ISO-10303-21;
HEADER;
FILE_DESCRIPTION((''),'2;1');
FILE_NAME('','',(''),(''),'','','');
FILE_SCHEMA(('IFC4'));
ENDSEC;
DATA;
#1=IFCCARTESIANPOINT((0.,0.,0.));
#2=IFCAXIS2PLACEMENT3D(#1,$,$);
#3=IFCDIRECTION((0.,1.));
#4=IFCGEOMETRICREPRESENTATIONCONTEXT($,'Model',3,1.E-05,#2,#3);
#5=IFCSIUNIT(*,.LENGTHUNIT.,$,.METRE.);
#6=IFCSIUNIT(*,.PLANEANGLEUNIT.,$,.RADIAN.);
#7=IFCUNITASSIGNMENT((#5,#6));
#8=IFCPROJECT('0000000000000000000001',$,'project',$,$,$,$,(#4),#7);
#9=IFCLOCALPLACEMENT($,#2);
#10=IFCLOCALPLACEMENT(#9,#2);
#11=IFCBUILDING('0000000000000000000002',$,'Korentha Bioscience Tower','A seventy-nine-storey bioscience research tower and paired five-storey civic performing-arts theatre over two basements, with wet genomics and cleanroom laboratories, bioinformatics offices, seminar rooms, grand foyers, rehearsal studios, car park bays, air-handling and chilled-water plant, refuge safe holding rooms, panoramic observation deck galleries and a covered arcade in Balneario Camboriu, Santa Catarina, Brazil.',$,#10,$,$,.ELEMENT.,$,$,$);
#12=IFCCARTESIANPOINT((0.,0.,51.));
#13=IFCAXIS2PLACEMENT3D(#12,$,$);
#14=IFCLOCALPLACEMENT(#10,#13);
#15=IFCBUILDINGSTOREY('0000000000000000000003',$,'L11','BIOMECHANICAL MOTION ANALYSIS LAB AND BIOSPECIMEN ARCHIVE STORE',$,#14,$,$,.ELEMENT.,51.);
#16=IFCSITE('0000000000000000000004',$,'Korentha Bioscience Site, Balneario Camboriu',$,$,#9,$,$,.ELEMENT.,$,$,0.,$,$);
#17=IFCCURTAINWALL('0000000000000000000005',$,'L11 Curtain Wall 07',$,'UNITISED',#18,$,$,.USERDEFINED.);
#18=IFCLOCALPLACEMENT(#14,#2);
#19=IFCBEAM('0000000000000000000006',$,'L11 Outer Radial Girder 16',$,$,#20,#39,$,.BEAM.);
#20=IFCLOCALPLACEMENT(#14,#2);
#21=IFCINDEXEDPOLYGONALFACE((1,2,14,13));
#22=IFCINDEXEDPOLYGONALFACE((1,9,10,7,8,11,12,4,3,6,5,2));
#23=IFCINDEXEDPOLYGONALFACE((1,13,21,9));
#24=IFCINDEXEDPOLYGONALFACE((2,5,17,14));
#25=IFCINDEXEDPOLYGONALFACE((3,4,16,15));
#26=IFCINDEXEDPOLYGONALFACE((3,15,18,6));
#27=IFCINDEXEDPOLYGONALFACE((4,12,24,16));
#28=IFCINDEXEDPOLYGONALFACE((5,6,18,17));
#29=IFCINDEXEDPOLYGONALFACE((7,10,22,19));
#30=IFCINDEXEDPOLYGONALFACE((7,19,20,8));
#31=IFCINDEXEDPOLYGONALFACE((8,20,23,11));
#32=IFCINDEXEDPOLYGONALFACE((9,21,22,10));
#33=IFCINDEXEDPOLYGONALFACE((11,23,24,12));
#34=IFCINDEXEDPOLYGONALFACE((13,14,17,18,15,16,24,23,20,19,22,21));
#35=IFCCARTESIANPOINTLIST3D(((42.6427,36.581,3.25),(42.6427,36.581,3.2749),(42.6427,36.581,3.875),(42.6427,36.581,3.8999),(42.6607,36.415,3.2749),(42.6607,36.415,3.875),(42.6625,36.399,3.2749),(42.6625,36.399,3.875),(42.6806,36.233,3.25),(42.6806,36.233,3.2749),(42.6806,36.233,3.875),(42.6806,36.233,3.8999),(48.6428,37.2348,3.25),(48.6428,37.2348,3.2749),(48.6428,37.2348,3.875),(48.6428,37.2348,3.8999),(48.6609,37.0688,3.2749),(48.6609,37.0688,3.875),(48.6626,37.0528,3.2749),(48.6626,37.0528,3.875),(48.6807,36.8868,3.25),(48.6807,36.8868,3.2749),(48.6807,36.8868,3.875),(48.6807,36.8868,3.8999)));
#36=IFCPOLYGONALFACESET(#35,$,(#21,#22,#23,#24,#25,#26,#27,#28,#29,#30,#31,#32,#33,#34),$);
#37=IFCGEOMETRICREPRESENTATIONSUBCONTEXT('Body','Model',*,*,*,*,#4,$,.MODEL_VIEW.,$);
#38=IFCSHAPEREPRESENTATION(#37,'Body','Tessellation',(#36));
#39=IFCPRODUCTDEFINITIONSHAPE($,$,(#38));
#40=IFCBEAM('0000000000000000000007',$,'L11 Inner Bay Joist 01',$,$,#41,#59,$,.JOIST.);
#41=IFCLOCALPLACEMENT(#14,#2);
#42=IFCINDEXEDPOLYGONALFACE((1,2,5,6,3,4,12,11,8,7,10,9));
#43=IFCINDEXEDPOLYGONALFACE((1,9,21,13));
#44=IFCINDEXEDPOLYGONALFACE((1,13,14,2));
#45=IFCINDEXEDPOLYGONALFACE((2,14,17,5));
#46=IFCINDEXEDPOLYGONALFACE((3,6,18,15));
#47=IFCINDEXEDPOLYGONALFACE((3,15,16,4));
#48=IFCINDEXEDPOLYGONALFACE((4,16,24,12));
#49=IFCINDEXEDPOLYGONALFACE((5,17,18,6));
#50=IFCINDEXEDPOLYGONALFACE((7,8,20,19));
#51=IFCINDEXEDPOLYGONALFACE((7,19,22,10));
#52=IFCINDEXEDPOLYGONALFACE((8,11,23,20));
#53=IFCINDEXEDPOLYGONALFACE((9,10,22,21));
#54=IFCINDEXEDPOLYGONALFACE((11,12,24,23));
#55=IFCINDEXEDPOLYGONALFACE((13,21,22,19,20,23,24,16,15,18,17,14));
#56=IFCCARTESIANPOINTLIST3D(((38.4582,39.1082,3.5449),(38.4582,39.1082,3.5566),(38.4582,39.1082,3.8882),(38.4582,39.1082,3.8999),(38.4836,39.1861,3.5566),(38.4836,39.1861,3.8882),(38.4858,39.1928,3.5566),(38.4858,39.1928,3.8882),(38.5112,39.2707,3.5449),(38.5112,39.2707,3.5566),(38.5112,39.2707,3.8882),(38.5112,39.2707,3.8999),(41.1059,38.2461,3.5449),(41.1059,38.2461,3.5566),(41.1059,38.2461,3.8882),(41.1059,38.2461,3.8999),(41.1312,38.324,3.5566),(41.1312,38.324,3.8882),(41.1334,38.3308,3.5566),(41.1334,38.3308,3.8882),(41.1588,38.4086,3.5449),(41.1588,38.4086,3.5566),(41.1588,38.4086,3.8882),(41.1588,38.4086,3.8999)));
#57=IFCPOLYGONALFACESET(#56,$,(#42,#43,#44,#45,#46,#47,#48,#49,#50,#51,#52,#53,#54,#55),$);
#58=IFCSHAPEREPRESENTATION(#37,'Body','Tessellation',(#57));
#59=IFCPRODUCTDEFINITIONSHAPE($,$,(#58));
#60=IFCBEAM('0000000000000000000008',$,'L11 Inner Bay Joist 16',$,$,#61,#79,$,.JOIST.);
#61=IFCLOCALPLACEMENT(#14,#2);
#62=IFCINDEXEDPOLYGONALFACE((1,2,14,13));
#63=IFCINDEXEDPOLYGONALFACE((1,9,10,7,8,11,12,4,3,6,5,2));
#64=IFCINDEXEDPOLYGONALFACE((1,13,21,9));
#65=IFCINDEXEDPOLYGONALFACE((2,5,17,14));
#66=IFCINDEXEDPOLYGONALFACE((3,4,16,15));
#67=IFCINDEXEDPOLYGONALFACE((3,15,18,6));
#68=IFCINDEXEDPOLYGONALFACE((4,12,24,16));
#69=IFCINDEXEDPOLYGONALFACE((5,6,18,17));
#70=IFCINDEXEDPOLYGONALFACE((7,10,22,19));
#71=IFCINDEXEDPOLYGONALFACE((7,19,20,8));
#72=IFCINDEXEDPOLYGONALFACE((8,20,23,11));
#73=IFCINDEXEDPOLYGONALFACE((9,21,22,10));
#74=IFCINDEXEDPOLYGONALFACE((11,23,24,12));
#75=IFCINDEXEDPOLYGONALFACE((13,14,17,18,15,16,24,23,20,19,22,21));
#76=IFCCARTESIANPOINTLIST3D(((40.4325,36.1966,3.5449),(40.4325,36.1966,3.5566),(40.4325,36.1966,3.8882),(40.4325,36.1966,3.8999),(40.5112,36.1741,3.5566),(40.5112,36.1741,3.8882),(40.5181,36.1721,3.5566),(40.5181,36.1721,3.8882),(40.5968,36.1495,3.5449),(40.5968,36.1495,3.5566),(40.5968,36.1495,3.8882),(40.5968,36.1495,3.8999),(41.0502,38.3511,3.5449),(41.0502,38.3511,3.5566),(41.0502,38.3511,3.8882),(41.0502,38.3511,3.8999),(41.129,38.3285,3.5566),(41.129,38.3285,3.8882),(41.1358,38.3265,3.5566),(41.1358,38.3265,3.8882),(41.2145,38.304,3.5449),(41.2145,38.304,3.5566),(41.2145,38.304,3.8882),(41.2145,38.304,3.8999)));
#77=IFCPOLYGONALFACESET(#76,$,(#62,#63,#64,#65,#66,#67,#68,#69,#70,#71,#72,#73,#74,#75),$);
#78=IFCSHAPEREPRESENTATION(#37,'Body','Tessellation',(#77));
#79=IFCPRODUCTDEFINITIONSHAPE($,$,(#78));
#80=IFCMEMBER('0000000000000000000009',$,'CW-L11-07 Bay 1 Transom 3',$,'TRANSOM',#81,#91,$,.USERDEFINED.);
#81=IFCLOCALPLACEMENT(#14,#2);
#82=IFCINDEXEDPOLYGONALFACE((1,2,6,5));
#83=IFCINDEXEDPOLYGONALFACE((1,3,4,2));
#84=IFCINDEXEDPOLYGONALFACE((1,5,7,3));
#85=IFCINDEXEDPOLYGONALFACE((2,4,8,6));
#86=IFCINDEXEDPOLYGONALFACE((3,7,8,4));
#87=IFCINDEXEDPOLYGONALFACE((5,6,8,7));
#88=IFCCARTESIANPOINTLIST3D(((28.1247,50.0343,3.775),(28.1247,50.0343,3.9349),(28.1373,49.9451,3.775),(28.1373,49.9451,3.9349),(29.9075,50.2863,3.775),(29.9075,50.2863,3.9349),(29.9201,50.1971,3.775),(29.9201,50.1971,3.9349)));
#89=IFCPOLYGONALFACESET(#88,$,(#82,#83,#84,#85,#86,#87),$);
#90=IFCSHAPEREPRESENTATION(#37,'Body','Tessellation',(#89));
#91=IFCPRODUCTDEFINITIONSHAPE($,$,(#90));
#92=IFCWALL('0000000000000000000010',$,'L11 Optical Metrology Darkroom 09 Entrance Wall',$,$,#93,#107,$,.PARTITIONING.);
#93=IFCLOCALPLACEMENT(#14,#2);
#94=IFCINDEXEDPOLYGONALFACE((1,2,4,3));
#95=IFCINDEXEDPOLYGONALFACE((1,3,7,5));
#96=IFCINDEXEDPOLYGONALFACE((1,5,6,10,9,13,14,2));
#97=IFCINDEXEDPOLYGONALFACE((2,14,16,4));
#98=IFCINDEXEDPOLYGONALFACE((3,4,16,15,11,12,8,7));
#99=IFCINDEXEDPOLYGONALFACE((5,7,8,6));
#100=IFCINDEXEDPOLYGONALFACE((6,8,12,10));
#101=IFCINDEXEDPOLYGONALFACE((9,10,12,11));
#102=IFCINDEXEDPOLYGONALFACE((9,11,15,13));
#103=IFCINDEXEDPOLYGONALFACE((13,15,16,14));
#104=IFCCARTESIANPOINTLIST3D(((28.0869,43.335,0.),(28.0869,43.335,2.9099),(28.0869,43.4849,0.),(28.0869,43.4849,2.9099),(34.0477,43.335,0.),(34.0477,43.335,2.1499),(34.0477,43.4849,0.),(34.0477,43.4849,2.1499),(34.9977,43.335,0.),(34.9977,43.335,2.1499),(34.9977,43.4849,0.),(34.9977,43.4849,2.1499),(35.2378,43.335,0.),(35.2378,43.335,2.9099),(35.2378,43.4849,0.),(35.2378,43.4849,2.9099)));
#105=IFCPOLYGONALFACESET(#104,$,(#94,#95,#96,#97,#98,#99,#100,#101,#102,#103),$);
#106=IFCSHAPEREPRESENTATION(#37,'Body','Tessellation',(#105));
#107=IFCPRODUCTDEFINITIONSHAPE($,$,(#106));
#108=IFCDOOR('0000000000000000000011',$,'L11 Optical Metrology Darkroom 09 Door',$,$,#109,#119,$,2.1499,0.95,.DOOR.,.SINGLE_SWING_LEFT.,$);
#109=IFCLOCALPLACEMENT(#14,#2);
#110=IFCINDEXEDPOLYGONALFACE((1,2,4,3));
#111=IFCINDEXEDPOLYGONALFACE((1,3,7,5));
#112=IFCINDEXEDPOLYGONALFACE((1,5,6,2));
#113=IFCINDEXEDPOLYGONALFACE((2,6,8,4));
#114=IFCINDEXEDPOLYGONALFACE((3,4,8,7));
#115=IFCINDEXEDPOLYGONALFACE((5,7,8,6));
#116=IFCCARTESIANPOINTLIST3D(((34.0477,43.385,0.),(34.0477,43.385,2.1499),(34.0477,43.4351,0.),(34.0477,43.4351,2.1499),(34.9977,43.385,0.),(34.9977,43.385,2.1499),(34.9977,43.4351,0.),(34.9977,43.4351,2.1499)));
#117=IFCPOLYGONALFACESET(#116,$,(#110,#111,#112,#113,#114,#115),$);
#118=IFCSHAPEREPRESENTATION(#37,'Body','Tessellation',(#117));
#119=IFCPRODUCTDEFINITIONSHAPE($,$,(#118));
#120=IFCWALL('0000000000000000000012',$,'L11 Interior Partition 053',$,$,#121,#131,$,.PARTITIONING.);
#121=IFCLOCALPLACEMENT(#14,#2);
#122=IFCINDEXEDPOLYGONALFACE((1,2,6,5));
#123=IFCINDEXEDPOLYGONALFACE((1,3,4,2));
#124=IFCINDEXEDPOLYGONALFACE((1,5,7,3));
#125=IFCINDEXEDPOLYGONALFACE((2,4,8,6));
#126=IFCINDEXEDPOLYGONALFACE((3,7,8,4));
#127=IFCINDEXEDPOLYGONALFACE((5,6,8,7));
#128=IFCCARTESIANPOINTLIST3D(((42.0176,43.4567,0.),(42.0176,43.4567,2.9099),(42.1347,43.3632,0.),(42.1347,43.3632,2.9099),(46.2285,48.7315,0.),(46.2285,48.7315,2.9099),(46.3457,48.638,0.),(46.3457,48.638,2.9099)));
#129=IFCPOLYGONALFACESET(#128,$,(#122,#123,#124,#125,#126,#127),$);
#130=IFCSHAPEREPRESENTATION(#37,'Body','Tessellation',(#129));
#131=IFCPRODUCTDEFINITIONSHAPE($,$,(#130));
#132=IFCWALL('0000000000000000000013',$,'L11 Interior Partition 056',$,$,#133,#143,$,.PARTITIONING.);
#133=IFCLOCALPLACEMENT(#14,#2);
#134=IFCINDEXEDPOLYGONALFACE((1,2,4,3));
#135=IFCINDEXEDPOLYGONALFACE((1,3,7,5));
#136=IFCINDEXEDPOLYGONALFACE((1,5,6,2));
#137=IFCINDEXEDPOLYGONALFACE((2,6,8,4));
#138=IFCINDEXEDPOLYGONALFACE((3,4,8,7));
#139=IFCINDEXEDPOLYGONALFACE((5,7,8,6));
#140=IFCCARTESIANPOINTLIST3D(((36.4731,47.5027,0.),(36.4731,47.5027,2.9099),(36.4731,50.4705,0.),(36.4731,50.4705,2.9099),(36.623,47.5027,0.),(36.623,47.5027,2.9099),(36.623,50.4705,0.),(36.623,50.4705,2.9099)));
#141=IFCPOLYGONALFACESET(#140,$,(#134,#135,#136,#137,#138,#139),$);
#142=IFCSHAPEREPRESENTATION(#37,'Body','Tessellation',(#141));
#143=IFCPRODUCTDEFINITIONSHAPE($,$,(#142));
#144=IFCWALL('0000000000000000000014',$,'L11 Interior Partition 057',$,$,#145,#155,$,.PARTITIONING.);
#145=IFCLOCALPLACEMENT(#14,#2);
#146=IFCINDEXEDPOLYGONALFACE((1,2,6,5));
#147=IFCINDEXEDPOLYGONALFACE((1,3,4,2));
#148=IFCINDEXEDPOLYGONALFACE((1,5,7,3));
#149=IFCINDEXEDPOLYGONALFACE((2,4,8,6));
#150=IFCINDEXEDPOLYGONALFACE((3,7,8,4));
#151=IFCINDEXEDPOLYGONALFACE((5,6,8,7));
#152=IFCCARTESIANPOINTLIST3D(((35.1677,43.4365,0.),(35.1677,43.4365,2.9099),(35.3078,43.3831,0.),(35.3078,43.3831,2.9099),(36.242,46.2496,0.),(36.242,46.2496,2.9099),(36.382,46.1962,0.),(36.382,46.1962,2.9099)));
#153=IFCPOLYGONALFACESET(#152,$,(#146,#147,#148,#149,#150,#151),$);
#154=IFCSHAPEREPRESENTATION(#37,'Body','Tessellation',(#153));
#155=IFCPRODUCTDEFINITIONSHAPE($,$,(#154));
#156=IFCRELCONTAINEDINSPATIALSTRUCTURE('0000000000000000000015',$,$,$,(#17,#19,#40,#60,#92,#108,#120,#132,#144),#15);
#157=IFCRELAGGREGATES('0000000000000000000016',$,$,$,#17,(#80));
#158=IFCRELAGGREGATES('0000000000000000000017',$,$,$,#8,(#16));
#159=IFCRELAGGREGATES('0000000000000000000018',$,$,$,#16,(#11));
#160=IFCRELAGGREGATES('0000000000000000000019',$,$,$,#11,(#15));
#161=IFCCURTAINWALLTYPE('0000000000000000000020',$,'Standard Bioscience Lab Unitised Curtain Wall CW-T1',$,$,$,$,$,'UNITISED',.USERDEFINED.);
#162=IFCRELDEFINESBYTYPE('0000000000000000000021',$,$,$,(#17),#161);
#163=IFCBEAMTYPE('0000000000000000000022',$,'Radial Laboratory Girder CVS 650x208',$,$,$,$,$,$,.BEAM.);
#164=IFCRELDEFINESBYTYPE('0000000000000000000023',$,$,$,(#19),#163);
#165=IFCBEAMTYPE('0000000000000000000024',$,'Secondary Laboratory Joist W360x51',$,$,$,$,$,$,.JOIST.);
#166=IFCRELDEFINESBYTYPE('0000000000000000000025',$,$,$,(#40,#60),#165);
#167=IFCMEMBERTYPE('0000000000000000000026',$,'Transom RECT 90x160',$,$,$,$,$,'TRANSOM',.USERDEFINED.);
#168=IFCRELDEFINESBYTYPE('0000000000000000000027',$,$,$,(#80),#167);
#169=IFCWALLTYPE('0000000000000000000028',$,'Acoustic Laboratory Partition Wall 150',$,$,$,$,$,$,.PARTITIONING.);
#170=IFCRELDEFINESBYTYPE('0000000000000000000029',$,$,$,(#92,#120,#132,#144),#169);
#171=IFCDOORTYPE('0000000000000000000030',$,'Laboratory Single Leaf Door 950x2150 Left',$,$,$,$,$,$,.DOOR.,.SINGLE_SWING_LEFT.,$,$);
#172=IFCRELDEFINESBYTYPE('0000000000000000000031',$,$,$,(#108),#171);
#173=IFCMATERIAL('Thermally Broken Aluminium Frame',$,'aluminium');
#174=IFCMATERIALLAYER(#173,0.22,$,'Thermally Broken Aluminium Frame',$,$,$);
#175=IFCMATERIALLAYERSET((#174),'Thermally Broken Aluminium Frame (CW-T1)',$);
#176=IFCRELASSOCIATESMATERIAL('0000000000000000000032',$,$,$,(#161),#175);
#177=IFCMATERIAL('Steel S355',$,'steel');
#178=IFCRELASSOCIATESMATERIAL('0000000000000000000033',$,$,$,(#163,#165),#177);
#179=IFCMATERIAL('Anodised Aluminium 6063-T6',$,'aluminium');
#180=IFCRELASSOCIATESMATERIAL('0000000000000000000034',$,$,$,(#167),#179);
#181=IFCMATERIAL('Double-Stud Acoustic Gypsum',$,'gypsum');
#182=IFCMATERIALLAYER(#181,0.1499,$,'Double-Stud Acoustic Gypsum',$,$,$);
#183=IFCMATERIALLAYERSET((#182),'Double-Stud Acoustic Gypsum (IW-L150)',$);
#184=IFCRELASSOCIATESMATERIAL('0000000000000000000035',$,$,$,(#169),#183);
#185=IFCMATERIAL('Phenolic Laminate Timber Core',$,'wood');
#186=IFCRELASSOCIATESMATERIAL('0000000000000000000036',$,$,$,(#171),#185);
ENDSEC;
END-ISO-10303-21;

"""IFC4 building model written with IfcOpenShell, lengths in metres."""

from ifc_helpers import new_model, si_unit, direction, frame, frame_2d, origin, origin_2d, place, context, subcontext, project, spatial, rectangle, i_section, extrude, material, layer, layer_set, material_profile, profile_set, type_object, element, fill, aggregate, save


model = new_model("IFC4")

# Units and contexts
model_context = context("Model", 3, precision=1e-05, world=origin(), true_north=direction((0.0, 1.0)))
body_context = subcontext(model_context, "Body", "Model", "MODEL_VIEW")
ifc_project = project(units=[si_unit("LENGTHUNIT", "METRE"), si_unit("PLANEANGLEUNIT", "RADIAN")], contexts=[model_context])

# Site, building, storey
site_placement = place(None, origin())
site = spatial("IfcSite", under=ifc_project, at=site_placement, Name="Korentha Bioscience Site, Balneario Camboriu", CompositionType="ELEMENT", RefElevation=0.0)
building_placement = place(site_placement, origin())
building = spatial("IfcBuilding", under=site, at=building_placement, Name="Korentha Bioscience Tower", Description="A seventy-nine-storey bioscience research tower and paired five-storey civic performing-arts theatre over two basements, with wet genomics and cleanroom laboratories, bioinformatics offices, seminar rooms, grand foyers, rehearsal studios, car park bays, air-handling and chilled-water plant, refuge safe holding rooms, panoramic observation deck galleries and a covered arcade in Balneario Camboriu, Santa Catarina, Brazil.", CompositionType="ELEMENT")
storey_placement = place(building_placement, frame((0.0, 0.0, 51.0)))
storey = spatial("IfcBuildingStorey", under=building, at=storey_placement, Name="L11", Description="BIOMECHANICAL MOTION ANALYSIS LAB AND BIOSPECIMEN ARCHIVE STORE", CompositionType="ELEMENT", Elevation=51.0)

# Shared definitions
ifc_material_1 = material(Name="Steel S355", Category="steel")

# Curtain wall
ifc_material_2 = material(Name="Thermally Broken Aluminium Frame", Category="aluminium")
ifc_layer_1 = layer(ifc_material_2, 0.22, Name="Thermally Broken Aluminium Frame")
ifc_layer_set_1 = layer_set([ifc_layer_1], Name="Thermally Broken Aluminium Frame (CW-T1)")
curtain_wall_type = type_object("IfcCurtainWallType", Name="Standard Bioscience Lab Unitised Curtain Wall CW-T1", ElementType="UNITISED", PredefinedType="USERDEFINED", material=ifc_layer_set_1)
curtain_wall_placement = place(storey_placement, origin())
curtain_wall = element("IfcCurtainWall", 1, at=curtain_wall_placement, inside=storey, type_object=curtain_wall_type, Name="L11 Curtain Wall 07", ObjectType="UNITISED", PredefinedType="USERDEFINED")
ifc_material_3 = material(Name="Anodised Aluminium 6063-T6", Category="aluminium")

# Beams
ifc_material_profile_1 = material_profile(ifc_material_1, i_section(OverallWidth=0.3501, OverallDepth=0.6499, WebThickness=0.0161, FlangeThickness=0.0249, at=origin_2d()), Name="Steel S355")
ifc_profile_set_1 = profile_set([ifc_material_profile_1], Name="Steel S355 (RB-650)")
beam_type_1 = type_object("IfcBeamType", Name="Radial Laboratory Girder CVS 650x208", PredefinedType="BEAM", material=ifc_profile_set_1)
beam_1_placement = place(storey_placement, frame((42.6616, 36.407, 3.575), z_axis=(0.994116, 0.108323, 0.0), x_axis=(-0.108323, 0.994116, 0.0)))
element("IfcBeam", 2, at=beam_1_placement, inside=storey, type_object=beam_type_1, Name="L11 Outer Radial Girder 16", PredefinedType="BEAM", context=body_context, shape_type="SweptSolid", body=[
    extrude(i_section(OverallWidth=0.3501, OverallDepth=0.6499, WebThickness=0.0161, FlangeThickness=0.0249, at=origin_2d()), origin(), (0.0, 0.0, 1.0), 6.0356),
])
ifc_material_profile_2 = material_profile(ifc_material_1, i_section(OverallWidth=0.1709, OverallDepth=0.355, WebThickness=0.0071, FlangeThickness=0.0117, at=origin_2d()), Name="Steel S355")
ifc_profile_set_2 = profile_set([ifc_material_profile_2], Name="Steel S355 (JB-360)")
beam_type_2 = type_object("IfcBeamType", Name="Secondary Laboratory Joist W360x51", PredefinedType="JOIST", material=ifc_profile_set_2)
beam_2_placement = place(storey_placement, frame((41.1323, 38.3274, 3.7224), z_axis=(-0.95087, 0.309592, 0.0), x_axis=(-0.309592, -0.95087, 0.0)))
element("IfcBeam", 3, at=beam_2_placement, inside=storey, type_object=beam_type_2, Name="L11 Inner Bay Joist 01", PredefinedType="JOIST", context=body_context, shape_type="SweptSolid", body=[
    extrude(i_section(OverallWidth=0.1709, OverallDepth=0.355, WebThickness=0.0071, FlangeThickness=0.0117, at=origin_2d()), origin(), (0.0, 0.0, 1.0), 2.7844),
])
beam_3_placement = place(storey_placement, frame((40.5146, 36.1731, 3.7224), z_axis=(0.275613, 0.961269, 0.0), x_axis=(-0.961269, 0.275613, 0.0)))
element("IfcBeam", 4, at=beam_3_placement, inside=storey, type_object=beam_type_2, Name="L11 Inner Bay Joist 16", PredefinedType="JOIST", context=body_context, shape_type="SweptSolid", body=[
    extrude(i_section(OverallWidth=0.1709, OverallDepth=0.355, WebThickness=0.0071, FlangeThickness=0.0117, at=origin_2d()), origin(), (0.0, 0.0, 1.0), 2.2412),
])

# Member
ifc_material_profile_3 = material_profile(ifc_material_3, rectangle(XDim=0.0901, YDim=0.1599, at=origin_2d()), Name="Anodised Aluminium 6063-T6")
ifc_profile_set_3 = profile_set([ifc_material_profile_3], Name="Anodised Aluminium 6063-T6 (CW-TRN)")
member_type_1 = type_object("IfcMemberType", Name="Transom RECT 90x160", ElementType="TRANSOM", PredefinedType="USERDEFINED", material=ifc_profile_set_3)
member_1_placement = place(storey_placement, frame((29.9138, 50.2417, 3.855), z_axis=(-0.99016, -0.13994, 0.0), x_axis=(0.13994, -0.99016, 0.0)))
member_1 = element("IfcMember", 5, at=member_1_placement, type_object=member_type_1, Name="CW-L11-07 Bay 1 Transom 3", ObjectType="TRANSOM", PredefinedType="USERDEFINED", context=body_context, shape_type="SweptSolid", body=[
    extrude(rectangle(XDim=0.0901, YDim=0.1599, at=origin_2d()), origin(), (0.0, 0.0, 1.0), 1.8005),
])
aggregate(curtain_wall, [member_1])

# Wall, opening, door
ifc_material_4 = material(Name="Double-Stud Acoustic Gypsum", Category="gypsum")
ifc_layer_2 = layer(ifc_material_4, 0.1499, Name="Double-Stud Acoustic Gypsum")
ifc_layer_set_2 = layer_set([ifc_layer_2], Name="Double-Stud Acoustic Gypsum (IW-L150)")
wall_type_1 = type_object("IfcWallType", Name="Acoustic Laboratory Partition Wall 150", PredefinedType="PARTITIONING", material=ifc_layer_set_2)
wall_1_placement = place(storey_placement, frame((35.2378, 43.4099, 0.0), z_axis=(0.0, 0.0, 1.0), x_axis=(-1.0, 0.0, 0.0)))
wall_1 = element("IfcWall", 6, at=wall_1_placement, inside=storey, type_object=wall_type_1, Name="L11 Optical Metrology Darkroom 09 Entrance Wall", PredefinedType="PARTITIONING", context=body_context, shape_type="SweptSolid", body=[
    extrude(rectangle(XDim=7.1509, YDim=0.1499, at=frame_2d((3.5754, 0.0))), origin(), (0.0, 0.0, 1.0), 2.9099),
])
opening_1_placement = place(wall_1_placement, frame((0.24, 0.0, 0.0)))
opening_1 = element("IfcOpeningElement", 7, at=opening_1_placement, cuts=wall_1, PredefinedType="OPENING", context=body_context, shape_type="SweptSolid", body=[
    extrude(rectangle(XDim=0.95, YDim=2.1499, at=frame_2d((0.4751, 1.075))), frame((0.0, 0.0898, 0.0), z_axis=(0.0, -1.0, 0.0), x_axis=(1.0, 0.0, 0.0)), (0.0, 0.0, 1.0), 0.1797),
])
ifc_material_5 = material(Name="Phenolic Laminate Timber Core", Category="wood")
door_type_1 = type_object("IfcDoorType", Name="Laboratory Single Leaf Door 950x2150 Left", OperationType="SINGLE_SWING_LEFT", PredefinedType="DOOR", material=ifc_material_5)
door_1_placement = place(opening_1_placement, origin())
door_1 = element("IfcDoor", 8, at=door_1_placement, inside=storey, type_object=door_type_1, Name="L11 Optical Metrology Darkroom 09 Door", OperationType="SINGLE_SWING_LEFT", OverallHeight=2.1499, OverallWidth=0.95, PredefinedType="DOOR", context=body_context, shape_type="SweptSolid", body=[
    extrude(rectangle(XDim=0.95, YDim=2.1499, at=frame_2d((0.4751, 1.075))), frame((0.0, 0.0249, 0.0), z_axis=(0.0, -1.0, 0.0), x_axis=(1.0, 0.0, 0.0)), (0.0, 0.0, 1.0), 0.05),
])
fill(opening_1, door_1)

# Walls
wall_2_placement = place(storey_placement, frame((42.0762, 43.4099, 0.0), z_axis=(0.0, 0.0, 1.0), x_axis=(0.623883, 0.781518, 0.0)))
element("IfcWall", 9, at=wall_2_placement, inside=storey, type_object=wall_type_1, Name="L11 Interior Partition 053", PredefinedType="PARTITIONING", context=body_context, shape_type="SweptSolid", body=[
    extrude(rectangle(XDim=6.7495, YDim=0.1499, at=frame_2d((3.3748, 0.0))), origin(), (0.0, 0.0, 1.0), 2.9099),
])
wall_3_placement = place(storey_placement, frame((36.5481, 50.4705, 0.0), z_axis=(0.0, 0.0, 1.0), x_axis=(0.0, -1.0, 0.0)))
element("IfcWall", 10, at=wall_3_placement, inside=storey, type_object=wall_type_1, Name="L11 Interior Partition 056", PredefinedType="PARTITIONING", context=body_context, shape_type="SweptSolid", body=[
    extrude(rectangle(XDim=2.9678, YDim=0.1499, at=frame_2d((1.4839, 0.0))), origin(), (0.0, 0.0, 1.0), 2.9099),
])
wall_4_placement = place(storey_placement, frame((36.312, 46.2229, 0.0), z_axis=(0.0, 0.0, 1.0), x_axis=(-0.35675, -0.9342, 0.0)))
element("IfcWall", 11, at=wall_4_placement, inside=storey, type_object=wall_type_1, Name="L11 Interior Partition 057", PredefinedType="PARTITIONING", context=body_context, shape_type="SweptSolid", body=[
    extrude(rectangle(XDim=3.0112, YDim=0.1499, at=frame_2d((1.5056, 0.0))), origin(), (0.0, 0.0, 1.0), 2.9099),
])

save(model, "model.ifc")
